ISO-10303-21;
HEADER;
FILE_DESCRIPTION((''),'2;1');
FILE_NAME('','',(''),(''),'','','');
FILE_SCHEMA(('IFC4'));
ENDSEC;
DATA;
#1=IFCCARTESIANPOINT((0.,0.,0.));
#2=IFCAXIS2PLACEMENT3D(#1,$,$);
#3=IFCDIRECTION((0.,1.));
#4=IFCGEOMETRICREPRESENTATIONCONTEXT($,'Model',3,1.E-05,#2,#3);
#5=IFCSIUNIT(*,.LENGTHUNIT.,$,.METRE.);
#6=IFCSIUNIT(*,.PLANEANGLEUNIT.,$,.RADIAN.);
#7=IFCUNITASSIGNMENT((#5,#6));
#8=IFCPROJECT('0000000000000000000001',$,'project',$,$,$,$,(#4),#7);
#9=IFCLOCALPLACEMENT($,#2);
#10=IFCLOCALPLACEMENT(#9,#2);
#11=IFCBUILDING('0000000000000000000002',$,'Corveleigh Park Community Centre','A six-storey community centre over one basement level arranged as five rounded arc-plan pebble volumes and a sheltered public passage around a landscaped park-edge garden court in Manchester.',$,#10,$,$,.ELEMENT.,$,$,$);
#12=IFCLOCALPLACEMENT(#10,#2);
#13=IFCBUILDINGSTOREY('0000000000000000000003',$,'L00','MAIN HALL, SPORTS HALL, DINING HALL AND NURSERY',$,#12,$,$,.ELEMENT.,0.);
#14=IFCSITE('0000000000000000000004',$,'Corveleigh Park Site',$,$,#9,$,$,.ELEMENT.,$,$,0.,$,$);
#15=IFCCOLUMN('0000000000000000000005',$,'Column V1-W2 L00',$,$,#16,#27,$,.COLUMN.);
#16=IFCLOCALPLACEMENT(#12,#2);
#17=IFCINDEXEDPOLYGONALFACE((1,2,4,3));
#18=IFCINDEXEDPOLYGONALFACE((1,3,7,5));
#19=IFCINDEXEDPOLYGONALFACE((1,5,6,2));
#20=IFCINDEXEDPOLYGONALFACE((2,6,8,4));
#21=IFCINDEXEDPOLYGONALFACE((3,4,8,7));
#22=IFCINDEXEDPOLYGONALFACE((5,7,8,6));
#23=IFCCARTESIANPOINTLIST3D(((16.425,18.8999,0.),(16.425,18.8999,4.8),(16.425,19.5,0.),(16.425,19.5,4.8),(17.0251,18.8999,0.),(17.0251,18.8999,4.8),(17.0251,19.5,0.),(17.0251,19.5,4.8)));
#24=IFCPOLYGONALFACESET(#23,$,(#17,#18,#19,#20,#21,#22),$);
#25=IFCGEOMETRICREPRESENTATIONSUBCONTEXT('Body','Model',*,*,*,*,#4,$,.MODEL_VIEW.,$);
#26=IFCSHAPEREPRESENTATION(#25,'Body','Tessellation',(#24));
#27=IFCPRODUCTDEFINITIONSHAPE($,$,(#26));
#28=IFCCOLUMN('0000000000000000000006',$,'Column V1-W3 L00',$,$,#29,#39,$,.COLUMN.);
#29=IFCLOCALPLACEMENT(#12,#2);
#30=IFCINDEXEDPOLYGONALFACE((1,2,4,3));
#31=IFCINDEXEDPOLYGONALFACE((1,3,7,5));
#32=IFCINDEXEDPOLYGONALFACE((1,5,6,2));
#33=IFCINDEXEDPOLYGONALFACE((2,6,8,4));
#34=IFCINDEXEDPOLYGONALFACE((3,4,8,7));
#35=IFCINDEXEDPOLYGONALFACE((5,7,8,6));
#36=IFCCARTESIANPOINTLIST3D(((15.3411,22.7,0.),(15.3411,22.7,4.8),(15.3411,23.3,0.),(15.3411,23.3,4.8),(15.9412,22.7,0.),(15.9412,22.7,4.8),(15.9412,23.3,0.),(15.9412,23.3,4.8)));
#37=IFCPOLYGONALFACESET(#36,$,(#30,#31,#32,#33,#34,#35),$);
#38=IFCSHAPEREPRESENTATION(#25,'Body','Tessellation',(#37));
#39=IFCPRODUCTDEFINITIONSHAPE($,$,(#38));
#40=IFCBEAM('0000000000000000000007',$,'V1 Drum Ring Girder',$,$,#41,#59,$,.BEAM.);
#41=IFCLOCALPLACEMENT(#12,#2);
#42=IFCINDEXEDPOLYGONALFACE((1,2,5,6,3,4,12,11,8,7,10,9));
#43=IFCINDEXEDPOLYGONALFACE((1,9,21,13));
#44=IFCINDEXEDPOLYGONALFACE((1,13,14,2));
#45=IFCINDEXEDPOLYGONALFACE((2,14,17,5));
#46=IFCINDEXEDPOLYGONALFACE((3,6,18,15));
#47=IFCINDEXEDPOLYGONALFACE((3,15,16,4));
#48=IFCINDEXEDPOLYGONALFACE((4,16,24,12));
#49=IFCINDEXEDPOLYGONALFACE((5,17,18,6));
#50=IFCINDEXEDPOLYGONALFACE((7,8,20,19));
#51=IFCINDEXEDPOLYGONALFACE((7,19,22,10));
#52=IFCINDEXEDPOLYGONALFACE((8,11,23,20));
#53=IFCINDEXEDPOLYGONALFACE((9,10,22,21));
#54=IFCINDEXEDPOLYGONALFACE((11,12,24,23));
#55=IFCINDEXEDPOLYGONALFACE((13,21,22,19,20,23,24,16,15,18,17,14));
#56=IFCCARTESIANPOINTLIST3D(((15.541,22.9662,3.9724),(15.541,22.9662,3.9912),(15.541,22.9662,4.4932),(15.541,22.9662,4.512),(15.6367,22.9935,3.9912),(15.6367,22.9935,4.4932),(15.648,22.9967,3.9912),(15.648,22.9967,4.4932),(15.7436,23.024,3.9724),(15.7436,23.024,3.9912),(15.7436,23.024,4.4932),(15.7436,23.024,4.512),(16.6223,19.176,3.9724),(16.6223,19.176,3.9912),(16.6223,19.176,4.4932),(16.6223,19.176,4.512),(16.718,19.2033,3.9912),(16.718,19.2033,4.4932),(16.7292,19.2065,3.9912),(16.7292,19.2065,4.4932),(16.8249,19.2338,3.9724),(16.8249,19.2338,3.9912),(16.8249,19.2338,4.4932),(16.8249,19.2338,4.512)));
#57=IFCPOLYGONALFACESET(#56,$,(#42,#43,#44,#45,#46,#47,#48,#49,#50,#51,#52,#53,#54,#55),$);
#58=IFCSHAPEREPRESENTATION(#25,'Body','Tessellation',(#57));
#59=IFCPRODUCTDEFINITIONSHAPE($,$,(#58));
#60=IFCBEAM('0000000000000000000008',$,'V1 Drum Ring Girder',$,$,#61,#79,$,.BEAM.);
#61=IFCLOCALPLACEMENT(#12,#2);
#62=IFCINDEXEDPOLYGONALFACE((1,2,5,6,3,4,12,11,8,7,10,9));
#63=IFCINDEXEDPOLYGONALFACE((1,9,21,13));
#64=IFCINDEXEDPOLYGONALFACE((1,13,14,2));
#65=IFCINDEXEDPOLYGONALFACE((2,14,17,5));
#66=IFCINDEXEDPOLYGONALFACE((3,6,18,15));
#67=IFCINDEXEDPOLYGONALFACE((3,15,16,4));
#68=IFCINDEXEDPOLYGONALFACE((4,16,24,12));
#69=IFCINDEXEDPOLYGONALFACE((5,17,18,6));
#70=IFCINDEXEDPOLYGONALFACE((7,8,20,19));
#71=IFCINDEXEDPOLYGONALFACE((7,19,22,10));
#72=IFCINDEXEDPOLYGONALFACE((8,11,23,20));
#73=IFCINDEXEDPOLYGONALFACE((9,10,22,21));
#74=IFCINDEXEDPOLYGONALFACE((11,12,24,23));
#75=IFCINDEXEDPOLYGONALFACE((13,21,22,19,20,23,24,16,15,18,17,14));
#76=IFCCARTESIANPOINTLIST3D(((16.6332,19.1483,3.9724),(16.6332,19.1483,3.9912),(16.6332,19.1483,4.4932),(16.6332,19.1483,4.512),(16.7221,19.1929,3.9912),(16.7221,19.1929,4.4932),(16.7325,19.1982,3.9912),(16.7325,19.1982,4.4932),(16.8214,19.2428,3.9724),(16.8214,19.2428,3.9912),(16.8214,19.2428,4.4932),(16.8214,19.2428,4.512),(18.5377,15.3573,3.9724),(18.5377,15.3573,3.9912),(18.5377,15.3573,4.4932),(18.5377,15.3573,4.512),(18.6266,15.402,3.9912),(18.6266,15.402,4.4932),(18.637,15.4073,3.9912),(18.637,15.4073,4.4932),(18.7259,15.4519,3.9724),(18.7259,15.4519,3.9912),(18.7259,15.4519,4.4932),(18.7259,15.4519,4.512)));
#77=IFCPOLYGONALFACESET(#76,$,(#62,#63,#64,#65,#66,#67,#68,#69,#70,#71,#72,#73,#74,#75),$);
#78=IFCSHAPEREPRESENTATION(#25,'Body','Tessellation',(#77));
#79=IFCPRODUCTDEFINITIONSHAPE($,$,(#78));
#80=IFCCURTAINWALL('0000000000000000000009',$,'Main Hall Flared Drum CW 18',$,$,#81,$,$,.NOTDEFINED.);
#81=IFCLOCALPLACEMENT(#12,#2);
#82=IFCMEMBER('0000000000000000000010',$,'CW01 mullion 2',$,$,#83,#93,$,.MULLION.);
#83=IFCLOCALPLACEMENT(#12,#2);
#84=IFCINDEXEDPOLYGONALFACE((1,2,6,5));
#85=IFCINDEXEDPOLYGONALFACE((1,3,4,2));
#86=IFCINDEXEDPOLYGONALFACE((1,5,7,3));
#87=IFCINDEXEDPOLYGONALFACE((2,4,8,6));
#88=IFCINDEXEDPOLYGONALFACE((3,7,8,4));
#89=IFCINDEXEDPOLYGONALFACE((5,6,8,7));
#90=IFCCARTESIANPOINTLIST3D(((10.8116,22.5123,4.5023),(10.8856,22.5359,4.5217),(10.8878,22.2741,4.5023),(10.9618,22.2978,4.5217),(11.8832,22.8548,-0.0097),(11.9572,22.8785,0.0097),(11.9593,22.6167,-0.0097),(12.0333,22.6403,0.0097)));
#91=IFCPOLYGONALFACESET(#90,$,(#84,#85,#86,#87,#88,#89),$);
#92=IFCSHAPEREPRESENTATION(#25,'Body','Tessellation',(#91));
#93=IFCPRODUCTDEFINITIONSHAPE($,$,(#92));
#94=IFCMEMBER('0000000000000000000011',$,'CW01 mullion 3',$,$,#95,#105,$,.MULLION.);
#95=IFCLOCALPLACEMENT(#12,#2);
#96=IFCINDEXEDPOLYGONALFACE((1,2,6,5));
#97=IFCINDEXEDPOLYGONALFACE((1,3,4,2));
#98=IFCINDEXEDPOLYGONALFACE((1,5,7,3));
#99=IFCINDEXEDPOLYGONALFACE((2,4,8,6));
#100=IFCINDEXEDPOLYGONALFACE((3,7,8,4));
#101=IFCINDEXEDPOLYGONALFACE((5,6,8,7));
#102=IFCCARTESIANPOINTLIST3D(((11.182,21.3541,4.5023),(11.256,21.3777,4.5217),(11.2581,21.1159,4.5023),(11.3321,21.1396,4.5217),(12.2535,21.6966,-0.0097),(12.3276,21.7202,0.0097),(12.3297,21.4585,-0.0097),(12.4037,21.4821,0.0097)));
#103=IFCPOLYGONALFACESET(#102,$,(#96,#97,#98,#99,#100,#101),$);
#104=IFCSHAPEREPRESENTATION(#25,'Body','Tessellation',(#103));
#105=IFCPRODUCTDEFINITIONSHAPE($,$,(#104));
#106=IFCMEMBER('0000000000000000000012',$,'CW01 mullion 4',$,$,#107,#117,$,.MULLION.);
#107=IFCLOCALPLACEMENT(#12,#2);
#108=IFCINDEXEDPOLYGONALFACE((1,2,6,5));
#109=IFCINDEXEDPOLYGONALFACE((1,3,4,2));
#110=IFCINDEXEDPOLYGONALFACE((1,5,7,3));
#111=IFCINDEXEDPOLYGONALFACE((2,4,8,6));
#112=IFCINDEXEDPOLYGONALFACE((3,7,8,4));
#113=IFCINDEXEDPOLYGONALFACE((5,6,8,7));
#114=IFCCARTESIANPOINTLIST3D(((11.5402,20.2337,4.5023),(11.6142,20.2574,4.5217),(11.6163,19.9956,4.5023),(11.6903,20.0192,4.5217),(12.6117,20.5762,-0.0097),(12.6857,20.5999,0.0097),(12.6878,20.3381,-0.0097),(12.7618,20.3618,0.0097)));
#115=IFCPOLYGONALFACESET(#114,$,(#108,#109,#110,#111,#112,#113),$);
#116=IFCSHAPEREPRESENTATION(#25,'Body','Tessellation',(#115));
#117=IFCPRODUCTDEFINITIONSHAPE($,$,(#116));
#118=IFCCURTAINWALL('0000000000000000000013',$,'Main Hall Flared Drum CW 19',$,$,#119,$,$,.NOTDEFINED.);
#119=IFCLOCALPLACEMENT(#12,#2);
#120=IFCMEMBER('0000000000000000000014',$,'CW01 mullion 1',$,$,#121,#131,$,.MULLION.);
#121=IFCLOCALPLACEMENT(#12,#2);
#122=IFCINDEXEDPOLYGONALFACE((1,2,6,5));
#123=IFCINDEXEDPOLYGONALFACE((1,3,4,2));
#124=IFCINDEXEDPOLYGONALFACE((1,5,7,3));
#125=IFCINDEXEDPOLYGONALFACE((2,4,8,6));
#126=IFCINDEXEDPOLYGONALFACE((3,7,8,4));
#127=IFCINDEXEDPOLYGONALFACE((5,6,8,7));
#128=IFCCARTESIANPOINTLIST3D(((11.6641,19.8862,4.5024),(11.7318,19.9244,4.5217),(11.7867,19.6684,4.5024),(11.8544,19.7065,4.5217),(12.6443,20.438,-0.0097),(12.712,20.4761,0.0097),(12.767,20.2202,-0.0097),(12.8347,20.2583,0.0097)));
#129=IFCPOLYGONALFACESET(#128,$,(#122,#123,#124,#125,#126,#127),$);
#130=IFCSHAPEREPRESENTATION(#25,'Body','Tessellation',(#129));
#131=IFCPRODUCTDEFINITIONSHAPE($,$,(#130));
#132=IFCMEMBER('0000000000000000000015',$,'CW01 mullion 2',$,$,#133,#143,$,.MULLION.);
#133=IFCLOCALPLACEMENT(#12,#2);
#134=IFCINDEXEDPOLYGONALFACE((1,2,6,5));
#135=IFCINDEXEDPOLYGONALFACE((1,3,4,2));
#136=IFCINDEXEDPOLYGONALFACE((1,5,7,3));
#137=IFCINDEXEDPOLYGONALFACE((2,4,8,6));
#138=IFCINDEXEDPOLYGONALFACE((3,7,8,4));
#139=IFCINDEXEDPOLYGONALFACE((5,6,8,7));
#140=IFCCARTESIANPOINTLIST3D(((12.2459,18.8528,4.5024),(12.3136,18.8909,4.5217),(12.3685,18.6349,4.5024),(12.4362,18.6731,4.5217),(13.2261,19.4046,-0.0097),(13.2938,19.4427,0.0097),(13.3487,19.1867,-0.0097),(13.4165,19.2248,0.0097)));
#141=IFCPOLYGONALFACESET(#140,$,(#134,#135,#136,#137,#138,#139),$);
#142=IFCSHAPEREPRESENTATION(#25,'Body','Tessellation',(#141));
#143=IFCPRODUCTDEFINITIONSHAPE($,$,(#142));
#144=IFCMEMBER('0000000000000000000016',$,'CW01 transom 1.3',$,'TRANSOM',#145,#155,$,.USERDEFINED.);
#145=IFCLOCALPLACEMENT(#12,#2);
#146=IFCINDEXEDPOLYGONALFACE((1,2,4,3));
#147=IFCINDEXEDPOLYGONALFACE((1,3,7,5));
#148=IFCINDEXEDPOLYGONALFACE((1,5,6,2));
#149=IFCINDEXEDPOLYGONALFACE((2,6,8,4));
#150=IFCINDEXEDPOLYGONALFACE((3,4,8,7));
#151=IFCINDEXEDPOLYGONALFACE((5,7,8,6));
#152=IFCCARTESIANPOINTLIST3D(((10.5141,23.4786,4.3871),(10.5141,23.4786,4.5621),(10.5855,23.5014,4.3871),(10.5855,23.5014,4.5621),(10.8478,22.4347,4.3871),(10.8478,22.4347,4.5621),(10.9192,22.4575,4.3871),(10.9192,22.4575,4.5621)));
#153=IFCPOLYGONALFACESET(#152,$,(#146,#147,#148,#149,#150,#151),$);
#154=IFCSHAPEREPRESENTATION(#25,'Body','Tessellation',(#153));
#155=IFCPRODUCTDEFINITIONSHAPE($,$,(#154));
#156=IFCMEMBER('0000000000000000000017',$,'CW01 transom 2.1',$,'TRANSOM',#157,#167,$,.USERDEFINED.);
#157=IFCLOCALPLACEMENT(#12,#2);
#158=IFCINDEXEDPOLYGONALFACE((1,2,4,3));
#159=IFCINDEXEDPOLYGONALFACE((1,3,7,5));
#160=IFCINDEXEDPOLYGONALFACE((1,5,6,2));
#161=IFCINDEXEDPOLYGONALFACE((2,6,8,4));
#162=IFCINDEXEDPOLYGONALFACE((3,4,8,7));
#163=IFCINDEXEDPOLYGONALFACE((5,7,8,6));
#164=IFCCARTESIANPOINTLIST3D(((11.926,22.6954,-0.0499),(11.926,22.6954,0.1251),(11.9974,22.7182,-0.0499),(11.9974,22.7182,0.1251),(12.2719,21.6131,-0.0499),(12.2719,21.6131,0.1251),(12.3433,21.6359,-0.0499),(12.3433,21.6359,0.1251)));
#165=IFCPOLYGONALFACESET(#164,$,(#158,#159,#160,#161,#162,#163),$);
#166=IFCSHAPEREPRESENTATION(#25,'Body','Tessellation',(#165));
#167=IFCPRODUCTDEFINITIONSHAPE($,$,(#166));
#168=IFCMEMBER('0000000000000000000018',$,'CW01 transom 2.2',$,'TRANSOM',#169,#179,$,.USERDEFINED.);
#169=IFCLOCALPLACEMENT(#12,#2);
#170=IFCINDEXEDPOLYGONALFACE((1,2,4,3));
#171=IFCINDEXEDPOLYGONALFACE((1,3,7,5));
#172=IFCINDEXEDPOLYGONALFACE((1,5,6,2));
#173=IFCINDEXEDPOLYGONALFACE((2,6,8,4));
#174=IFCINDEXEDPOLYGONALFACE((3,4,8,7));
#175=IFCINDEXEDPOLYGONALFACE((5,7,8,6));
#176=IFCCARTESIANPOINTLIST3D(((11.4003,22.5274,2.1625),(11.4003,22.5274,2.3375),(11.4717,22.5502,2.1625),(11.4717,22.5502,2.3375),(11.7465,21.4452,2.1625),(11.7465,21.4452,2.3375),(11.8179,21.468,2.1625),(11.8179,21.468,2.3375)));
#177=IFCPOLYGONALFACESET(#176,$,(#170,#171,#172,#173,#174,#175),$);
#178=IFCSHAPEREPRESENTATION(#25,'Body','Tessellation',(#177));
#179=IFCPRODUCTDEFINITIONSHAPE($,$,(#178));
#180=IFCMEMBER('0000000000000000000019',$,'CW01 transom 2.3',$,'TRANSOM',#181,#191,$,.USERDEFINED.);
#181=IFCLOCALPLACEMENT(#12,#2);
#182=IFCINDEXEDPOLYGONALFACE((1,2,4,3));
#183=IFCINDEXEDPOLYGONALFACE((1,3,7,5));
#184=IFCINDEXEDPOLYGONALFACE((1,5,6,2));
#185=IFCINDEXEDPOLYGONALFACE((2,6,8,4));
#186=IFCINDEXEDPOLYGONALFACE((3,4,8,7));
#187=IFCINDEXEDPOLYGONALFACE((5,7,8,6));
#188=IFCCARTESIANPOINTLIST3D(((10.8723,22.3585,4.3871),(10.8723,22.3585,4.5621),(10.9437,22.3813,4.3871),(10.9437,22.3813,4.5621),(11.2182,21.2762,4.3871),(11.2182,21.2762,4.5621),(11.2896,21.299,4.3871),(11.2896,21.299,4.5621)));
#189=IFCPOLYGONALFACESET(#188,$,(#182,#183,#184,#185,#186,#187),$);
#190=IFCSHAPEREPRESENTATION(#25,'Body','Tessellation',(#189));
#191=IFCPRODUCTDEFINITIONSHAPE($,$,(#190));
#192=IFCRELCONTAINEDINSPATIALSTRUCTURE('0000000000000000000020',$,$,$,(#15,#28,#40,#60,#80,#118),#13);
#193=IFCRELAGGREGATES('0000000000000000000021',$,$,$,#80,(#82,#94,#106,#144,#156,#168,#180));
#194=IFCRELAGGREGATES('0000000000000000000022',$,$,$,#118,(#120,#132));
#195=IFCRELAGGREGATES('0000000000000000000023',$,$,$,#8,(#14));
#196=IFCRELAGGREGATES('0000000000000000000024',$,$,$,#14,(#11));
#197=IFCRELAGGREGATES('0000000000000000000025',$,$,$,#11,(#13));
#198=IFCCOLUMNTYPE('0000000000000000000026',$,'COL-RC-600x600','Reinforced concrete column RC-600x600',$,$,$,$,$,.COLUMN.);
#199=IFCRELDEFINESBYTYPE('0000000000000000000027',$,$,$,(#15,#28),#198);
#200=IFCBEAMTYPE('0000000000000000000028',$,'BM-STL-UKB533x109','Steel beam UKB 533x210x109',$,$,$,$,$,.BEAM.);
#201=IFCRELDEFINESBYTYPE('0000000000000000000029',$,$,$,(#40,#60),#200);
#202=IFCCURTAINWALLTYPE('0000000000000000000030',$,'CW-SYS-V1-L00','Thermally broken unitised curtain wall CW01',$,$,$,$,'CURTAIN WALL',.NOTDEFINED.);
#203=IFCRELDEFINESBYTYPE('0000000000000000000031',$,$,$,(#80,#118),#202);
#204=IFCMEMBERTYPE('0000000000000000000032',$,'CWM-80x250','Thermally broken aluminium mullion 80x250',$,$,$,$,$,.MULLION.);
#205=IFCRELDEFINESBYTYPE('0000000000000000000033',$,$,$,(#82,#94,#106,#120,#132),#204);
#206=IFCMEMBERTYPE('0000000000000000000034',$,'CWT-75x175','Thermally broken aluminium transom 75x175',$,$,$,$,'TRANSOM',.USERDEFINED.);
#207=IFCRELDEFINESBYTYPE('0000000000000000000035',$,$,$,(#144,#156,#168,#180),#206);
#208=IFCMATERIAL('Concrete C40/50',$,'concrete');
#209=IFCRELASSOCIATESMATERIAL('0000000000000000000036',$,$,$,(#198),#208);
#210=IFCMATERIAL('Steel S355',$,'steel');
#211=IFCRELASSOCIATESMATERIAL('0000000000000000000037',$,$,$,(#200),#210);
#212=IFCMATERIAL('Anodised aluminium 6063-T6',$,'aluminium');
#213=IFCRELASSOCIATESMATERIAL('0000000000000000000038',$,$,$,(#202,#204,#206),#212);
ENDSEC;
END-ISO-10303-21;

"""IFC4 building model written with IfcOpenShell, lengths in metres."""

from ifc_helpers import new_model, si_unit, direction, frame, origin, origin_2d, place, context, subcontext, project, spatial, rectangle, i_section, extrude, material, material_profile, profile_set, type_object, element, aggregate, save


model = new_model("IFC4")

# Units and contexts
model_context = context("Model", 3, precision=1e-05, world=origin(), true_north=direction((0.0, 1.0)))
body_context = subcontext(model_context, "Body", "Model", "MODEL_VIEW")
ifc_project = project(units=[si_unit("LENGTHUNIT", "METRE"), si_unit("PLANEANGLEUNIT", "RADIAN")], contexts=[model_context])

# Site, building, storey
site_placement = place(None, origin())
site = spatial("IfcSite", under=ifc_project, at=site_placement, Name="Corveleigh Park Site", CompositionType="ELEMENT", RefElevation=0.0)
building_placement = place(site_placement, origin())
building = spatial("IfcBuilding", under=site, at=building_placement, Name="Corveleigh Park Community Centre", Description="A six-storey community centre over one basement level arranged as five rounded arc-plan pebble volumes and a sheltered public passage around a landscaped park-edge garden court in Manchester.", CompositionType="ELEMENT")
storey_placement = place(building_placement, origin())
storey = spatial("IfcBuildingStorey", under=building, at=storey_placement, Name="L00", Description="MAIN HALL, SPORTS HALL, DINING HALL AND NURSERY", CompositionType="ELEMENT", Elevation=0.0)

# Columns
ifc_material_1 = material(Name="Concrete C40/50", Category="concrete")
ifc_material_profile_1 = material_profile(ifc_material_1, rectangle(XDim=0.6001, YDim=0.6001, at=origin_2d()), Name="RC-600x600", Category="concrete")
ifc_profile_set_1 = profile_set([ifc_material_profile_1], Name="Concrete C40/50")
column_type = type_object("IfcColumnType", Name="COL-RC-600x600", Description="Reinforced concrete column RC-600x600", PredefinedType="COLUMN", material=ifc_profile_set_1)
for number, where, z_axis, x_axis, name in (
    (1, (16.7251, 19.2, 0.0), (0.0, 0.0, 1.0), (1.0, 0.0, 0.0), "Column V1-W2 L00"),
    (2, (15.6411, 23.0, 0.0), (0.0, 0.0, 1.0), (1.0, 0.0, 0.0), "Column V1-W3 L00"),
):
    element("IfcColumn", number, at=place(storey_placement, frame(where, z_axis=z_axis, x_axis=x_axis)), inside=storey, type_object=column_type, Name=name, PredefinedType="COLUMN", context=body_context, shape_type="SweptSolid", body=[
        extrude(rectangle(XDim=0.6001, YDim=0.6001, at=origin_2d()), origin(), (0.0, 0.0, 1.0), 4.8),
    ])

# Beams
ifc_material_2 = material(Name="Steel S355", Category="steel")
ifc_material_profile_2 = material_profile(ifc_material_2, i_section(OverallWidth=0.2107, OverallDepth=0.5396, WebThickness=0.0117, FlangeThickness=0.0188, at=origin_2d()), Name="UKB 533x210x109", Category="steel")
ifc_profile_set_2 = profile_set([ifc_material_profile_2], Name="Steel S355")
beam_type = type_object("IfcBeamType", Name="BM-STL-UKB533x109", Description="Steel beam UKB 533x210x109", PredefinedType="BEAM", material=ifc_profile_set_2)
beam_1_placement = place(storey_placement, frame((15.6423, 22.9951, 4.2422), z_axis=(0.274337, -0.961634, 0.0), x_axis=(0.961634, 0.274337, 0.0)))
element("IfcBeam", 3, at=beam_1_placement, inside=storey, type_object=beam_type, Name="V1 Drum Ring Girder", PredefinedType="BEAM", context=body_context, shape_type="SweptSolid", body=[
    extrude(i_section(OverallWidth=0.2107, OverallDepth=0.5396, WebThickness=0.0117, FlangeThickness=0.0188, at=origin_2d()), origin(), (0.0, 0.0, 1.0), 3.9414),
])
beam_2_placement = place(storey_placement, frame((16.7273, 19.1956, 4.2422), z_axis=(0.448916, -0.893574, 0.0), x_axis=(0.893574, 0.448916, 0.0)))
element("IfcBeam", 4, at=beam_2_placement, inside=storey, type_object=beam_type, Name="V1 Drum Ring Girder", PredefinedType="BEAM", context=body_context, shape_type="SweptSolid", body=[
    extrude(i_section(OverallWidth=0.2107, OverallDepth=0.5396, WebThickness=0.0117, FlangeThickness=0.0188, at=origin_2d()), origin(), (0.0, 0.0, 1.0), 4.2424),
])

# Curtain walls, members
ifc_material_3 = material(Name="Anodised aluminium 6063-T6", Category="aluminium")
curtain_wall_type = type_object("IfcCurtainWallType", Name="CW-SYS-V1-L00", Description="Thermally broken unitised curtain wall CW01", ElementType="CURTAIN WALL", PredefinedType="NOTDEFINED", material=ifc_material_3)
curtain_wall_1_placement = place(storey_placement, origin())
curtain_wall_1 = element("IfcCurtainWall", 5, at=curtain_wall_1_placement, inside=storey, type_object=curtain_wall_type, Name="Main Hall Flared Drum CW 18", PredefinedType="NOTDEFINED")
ifc_material_profile_3 = material_profile(ifc_material_3, rectangle(XDim=0.0801, YDim=0.25, at=origin_2d()), Name="ALU-M80x250", Category="aluminium")
ifc_profile_set_3 = profile_set([ifc_material_profile_3], Name="Anodised aluminium 6063-T6")
member_type_1 = type_object("IfcMemberType", Name="CWM-80x250", Description="Thermally broken aluminium mullion 80x250", PredefinedType="MULLION", material=ifc_profile_set_3)
member_1_placement = place(storey_placement, frame((11.9583, 22.7476, 0.0), z_axis=(-0.230433, -0.073661, 0.970296), x_axis=(0.924224, 0.29544, 0.24192)))
member_1 = element("IfcMember", 6, at=member_1_placement, type_object=member_type_1, Name="CW01 mullion 2", PredefinedType="MULLION", context=body_context, shape_type="SweptSolid", body=[
    extrude(rectangle(XDim=0.0801, YDim=0.25, at=origin_2d()), origin(), (0.0, 0.0, 1.0), 4.6501),
])
member_2_placement = place(storey_placement, frame((12.3286, 21.5894, 0.0), z_axis=(-0.230433, -0.073661, 0.970296), x_axis=(0.924224, 0.29544, 0.24192)))
member_2 = element("IfcMember", 7, at=member_2_placement, type_object=member_type_1, Name="CW01 mullion 3", PredefinedType="MULLION", context=body_context, shape_type="SweptSolid", body=[
    extrude(rectangle(XDim=0.0801, YDim=0.25, at=origin_2d()), origin(), (0.0, 0.0, 1.0), 4.6501),
])
member_3_placement = place(storey_placement, frame((12.6868, 20.469, 0.0), z_axis=(-0.230433, -0.073661, 0.970296), x_axis=(0.924224, 0.29544, 0.24192)))
member_3 = element("IfcMember", 8, at=member_3_placement, type_object=member_type_1, Name="CW01 mullion 4", PredefinedType="MULLION", context=body_context, shape_type="SweptSolid", body=[
    extrude(rectangle(XDim=0.0801, YDim=0.25, at=origin_2d()), origin(), (0.0, 0.0, 1.0), 4.6501),
])
curtain_wall_2_placement = place(storey_placement, origin())
curtain_wall_2 = element("IfcCurtainWall", 9, at=curtain_wall_2_placement, inside=storey, type_object=curtain_wall_type, Name="Main Hall Flared Drum CW 19", PredefinedType="NOTDEFINED")
member_4_placement = place(storey_placement, frame((12.7395, 20.3481, 0.0), z_axis=(-0.210798, -0.118656, 0.970301), x_axis=(0.84555, 0.475951, 0.241899)))
member_4 = element("IfcMember", 10, at=member_4_placement, type_object=member_type_1, Name="CW01 mullion 1", PredefinedType="MULLION", context=body_context, shape_type="SweptSolid", body=[
    extrude(rectangle(XDim=0.0801, YDim=0.25, at=origin_2d()), origin(), (0.0, 0.0, 1.0), 4.6501),
])
member_5_placement = place(storey_placement, frame((13.3213, 19.3147, 0.0), z_axis=(-0.210798, -0.118656, 0.970301), x_axis=(0.84555, 0.475951, 0.241899)))
member_5 = element("IfcMember", 11, at=member_5_placement, type_object=member_type_1, Name="CW01 mullion 2", PredefinedType="MULLION", context=body_context, shape_type="SweptSolid", body=[
    extrude(rectangle(XDim=0.0801, YDim=0.25, at=origin_2d()), origin(), (0.0, 0.0, 1.0), 4.6501),
])

# Members
ifc_material_profile_4 = material_profile(ifc_material_3, rectangle(XDim=0.075, YDim=0.175, at=origin_2d()), Name="ALU-T75x175", Category="aluminium")
ifc_profile_set_4 = profile_set([ifc_material_profile_4], Name="Anodised aluminium 6063-T6")
member_type_2 = type_object("IfcMemberType", Name="CWT-75x175", Description="Thermally broken aluminium transom 75x175", ElementType="TRANSOM", PredefinedType="USERDEFINED", material=ifc_profile_set_4)
member_6_placement = place(storey_placement, frame((10.5498, 23.49, 4.4746), z_axis=(0.304509, -0.952509, 0.0), x_axis=(0.952509, 0.304509, 0.0)))
member_6 = element("IfcMember", 12, at=member_6_placement, type_object=member_type_2, Name="CW01 transom 1.3", ObjectType="TRANSOM", PredefinedType="USERDEFINED", context=body_context, shape_type="SweptSolid", body=[
    extrude(rectangle(XDim=0.075, YDim=0.175, at=origin_2d()), origin(), (0.0, 0.0, 1.0), 1.0959),
])
member_7_placement = place(storey_placement, frame((11.9617, 22.7068, 0.0376), z_axis=(0.304472, -0.952521, 0.0), x_axis=(0.952521, 0.304472, 0.0)))
member_7 = element("IfcMember", 13, at=member_7_placement, type_object=member_type_2, Name="CW01 transom 2.1", ObjectType="TRANSOM", PredefinedType="USERDEFINED", context=body_context, shape_type="SweptSolid", body=[
    extrude(rectangle(XDim=0.075, YDim=0.175, at=origin_2d()), origin(), (0.0, 0.0, 1.0), 1.1362),
])
member_8_placement = place(storey_placement, frame((11.436, 22.5388, 2.25), z_axis=(0.304667, -0.952459, 0.0), x_axis=(0.952459, 0.304667, 0.0)))
member_8 = element("IfcMember", 14, at=member_8_placement, type_object=member_type_2, Name="CW01 transom 2.2", ObjectType="TRANSOM", PredefinedType="USERDEFINED", context=body_context, shape_type="SweptSolid", body=[
    extrude(rectangle(XDim=0.075, YDim=0.175, at=origin_2d()), origin(), (0.0, 0.0, 1.0), 1.1362),
])
member_9_placement = place(storey_placement, frame((10.908, 22.3699, 4.4746), z_axis=(0.304472, -0.952521, 0.0), x_axis=(0.952521, 0.304472, 0.0)))
member_9 = element("IfcMember", 15, at=member_9_placement, type_object=member_type_2, Name="CW01 transom 2.3", ObjectType="TRANSOM", PredefinedType="USERDEFINED", context=body_context, shape_type="SweptSolid", body=[
    extrude(rectangle(XDim=0.075, YDim=0.175, at=origin_2d()), origin(), (0.0, 0.0, 1.0), 1.1362),
])

aggregate(curtain_wall_1, [member_1, member_2, member_3, member_6, member_7, member_8, member_9])
aggregate(curtain_wall_2, [member_4, member_5])

save(model, "model.ifc")
